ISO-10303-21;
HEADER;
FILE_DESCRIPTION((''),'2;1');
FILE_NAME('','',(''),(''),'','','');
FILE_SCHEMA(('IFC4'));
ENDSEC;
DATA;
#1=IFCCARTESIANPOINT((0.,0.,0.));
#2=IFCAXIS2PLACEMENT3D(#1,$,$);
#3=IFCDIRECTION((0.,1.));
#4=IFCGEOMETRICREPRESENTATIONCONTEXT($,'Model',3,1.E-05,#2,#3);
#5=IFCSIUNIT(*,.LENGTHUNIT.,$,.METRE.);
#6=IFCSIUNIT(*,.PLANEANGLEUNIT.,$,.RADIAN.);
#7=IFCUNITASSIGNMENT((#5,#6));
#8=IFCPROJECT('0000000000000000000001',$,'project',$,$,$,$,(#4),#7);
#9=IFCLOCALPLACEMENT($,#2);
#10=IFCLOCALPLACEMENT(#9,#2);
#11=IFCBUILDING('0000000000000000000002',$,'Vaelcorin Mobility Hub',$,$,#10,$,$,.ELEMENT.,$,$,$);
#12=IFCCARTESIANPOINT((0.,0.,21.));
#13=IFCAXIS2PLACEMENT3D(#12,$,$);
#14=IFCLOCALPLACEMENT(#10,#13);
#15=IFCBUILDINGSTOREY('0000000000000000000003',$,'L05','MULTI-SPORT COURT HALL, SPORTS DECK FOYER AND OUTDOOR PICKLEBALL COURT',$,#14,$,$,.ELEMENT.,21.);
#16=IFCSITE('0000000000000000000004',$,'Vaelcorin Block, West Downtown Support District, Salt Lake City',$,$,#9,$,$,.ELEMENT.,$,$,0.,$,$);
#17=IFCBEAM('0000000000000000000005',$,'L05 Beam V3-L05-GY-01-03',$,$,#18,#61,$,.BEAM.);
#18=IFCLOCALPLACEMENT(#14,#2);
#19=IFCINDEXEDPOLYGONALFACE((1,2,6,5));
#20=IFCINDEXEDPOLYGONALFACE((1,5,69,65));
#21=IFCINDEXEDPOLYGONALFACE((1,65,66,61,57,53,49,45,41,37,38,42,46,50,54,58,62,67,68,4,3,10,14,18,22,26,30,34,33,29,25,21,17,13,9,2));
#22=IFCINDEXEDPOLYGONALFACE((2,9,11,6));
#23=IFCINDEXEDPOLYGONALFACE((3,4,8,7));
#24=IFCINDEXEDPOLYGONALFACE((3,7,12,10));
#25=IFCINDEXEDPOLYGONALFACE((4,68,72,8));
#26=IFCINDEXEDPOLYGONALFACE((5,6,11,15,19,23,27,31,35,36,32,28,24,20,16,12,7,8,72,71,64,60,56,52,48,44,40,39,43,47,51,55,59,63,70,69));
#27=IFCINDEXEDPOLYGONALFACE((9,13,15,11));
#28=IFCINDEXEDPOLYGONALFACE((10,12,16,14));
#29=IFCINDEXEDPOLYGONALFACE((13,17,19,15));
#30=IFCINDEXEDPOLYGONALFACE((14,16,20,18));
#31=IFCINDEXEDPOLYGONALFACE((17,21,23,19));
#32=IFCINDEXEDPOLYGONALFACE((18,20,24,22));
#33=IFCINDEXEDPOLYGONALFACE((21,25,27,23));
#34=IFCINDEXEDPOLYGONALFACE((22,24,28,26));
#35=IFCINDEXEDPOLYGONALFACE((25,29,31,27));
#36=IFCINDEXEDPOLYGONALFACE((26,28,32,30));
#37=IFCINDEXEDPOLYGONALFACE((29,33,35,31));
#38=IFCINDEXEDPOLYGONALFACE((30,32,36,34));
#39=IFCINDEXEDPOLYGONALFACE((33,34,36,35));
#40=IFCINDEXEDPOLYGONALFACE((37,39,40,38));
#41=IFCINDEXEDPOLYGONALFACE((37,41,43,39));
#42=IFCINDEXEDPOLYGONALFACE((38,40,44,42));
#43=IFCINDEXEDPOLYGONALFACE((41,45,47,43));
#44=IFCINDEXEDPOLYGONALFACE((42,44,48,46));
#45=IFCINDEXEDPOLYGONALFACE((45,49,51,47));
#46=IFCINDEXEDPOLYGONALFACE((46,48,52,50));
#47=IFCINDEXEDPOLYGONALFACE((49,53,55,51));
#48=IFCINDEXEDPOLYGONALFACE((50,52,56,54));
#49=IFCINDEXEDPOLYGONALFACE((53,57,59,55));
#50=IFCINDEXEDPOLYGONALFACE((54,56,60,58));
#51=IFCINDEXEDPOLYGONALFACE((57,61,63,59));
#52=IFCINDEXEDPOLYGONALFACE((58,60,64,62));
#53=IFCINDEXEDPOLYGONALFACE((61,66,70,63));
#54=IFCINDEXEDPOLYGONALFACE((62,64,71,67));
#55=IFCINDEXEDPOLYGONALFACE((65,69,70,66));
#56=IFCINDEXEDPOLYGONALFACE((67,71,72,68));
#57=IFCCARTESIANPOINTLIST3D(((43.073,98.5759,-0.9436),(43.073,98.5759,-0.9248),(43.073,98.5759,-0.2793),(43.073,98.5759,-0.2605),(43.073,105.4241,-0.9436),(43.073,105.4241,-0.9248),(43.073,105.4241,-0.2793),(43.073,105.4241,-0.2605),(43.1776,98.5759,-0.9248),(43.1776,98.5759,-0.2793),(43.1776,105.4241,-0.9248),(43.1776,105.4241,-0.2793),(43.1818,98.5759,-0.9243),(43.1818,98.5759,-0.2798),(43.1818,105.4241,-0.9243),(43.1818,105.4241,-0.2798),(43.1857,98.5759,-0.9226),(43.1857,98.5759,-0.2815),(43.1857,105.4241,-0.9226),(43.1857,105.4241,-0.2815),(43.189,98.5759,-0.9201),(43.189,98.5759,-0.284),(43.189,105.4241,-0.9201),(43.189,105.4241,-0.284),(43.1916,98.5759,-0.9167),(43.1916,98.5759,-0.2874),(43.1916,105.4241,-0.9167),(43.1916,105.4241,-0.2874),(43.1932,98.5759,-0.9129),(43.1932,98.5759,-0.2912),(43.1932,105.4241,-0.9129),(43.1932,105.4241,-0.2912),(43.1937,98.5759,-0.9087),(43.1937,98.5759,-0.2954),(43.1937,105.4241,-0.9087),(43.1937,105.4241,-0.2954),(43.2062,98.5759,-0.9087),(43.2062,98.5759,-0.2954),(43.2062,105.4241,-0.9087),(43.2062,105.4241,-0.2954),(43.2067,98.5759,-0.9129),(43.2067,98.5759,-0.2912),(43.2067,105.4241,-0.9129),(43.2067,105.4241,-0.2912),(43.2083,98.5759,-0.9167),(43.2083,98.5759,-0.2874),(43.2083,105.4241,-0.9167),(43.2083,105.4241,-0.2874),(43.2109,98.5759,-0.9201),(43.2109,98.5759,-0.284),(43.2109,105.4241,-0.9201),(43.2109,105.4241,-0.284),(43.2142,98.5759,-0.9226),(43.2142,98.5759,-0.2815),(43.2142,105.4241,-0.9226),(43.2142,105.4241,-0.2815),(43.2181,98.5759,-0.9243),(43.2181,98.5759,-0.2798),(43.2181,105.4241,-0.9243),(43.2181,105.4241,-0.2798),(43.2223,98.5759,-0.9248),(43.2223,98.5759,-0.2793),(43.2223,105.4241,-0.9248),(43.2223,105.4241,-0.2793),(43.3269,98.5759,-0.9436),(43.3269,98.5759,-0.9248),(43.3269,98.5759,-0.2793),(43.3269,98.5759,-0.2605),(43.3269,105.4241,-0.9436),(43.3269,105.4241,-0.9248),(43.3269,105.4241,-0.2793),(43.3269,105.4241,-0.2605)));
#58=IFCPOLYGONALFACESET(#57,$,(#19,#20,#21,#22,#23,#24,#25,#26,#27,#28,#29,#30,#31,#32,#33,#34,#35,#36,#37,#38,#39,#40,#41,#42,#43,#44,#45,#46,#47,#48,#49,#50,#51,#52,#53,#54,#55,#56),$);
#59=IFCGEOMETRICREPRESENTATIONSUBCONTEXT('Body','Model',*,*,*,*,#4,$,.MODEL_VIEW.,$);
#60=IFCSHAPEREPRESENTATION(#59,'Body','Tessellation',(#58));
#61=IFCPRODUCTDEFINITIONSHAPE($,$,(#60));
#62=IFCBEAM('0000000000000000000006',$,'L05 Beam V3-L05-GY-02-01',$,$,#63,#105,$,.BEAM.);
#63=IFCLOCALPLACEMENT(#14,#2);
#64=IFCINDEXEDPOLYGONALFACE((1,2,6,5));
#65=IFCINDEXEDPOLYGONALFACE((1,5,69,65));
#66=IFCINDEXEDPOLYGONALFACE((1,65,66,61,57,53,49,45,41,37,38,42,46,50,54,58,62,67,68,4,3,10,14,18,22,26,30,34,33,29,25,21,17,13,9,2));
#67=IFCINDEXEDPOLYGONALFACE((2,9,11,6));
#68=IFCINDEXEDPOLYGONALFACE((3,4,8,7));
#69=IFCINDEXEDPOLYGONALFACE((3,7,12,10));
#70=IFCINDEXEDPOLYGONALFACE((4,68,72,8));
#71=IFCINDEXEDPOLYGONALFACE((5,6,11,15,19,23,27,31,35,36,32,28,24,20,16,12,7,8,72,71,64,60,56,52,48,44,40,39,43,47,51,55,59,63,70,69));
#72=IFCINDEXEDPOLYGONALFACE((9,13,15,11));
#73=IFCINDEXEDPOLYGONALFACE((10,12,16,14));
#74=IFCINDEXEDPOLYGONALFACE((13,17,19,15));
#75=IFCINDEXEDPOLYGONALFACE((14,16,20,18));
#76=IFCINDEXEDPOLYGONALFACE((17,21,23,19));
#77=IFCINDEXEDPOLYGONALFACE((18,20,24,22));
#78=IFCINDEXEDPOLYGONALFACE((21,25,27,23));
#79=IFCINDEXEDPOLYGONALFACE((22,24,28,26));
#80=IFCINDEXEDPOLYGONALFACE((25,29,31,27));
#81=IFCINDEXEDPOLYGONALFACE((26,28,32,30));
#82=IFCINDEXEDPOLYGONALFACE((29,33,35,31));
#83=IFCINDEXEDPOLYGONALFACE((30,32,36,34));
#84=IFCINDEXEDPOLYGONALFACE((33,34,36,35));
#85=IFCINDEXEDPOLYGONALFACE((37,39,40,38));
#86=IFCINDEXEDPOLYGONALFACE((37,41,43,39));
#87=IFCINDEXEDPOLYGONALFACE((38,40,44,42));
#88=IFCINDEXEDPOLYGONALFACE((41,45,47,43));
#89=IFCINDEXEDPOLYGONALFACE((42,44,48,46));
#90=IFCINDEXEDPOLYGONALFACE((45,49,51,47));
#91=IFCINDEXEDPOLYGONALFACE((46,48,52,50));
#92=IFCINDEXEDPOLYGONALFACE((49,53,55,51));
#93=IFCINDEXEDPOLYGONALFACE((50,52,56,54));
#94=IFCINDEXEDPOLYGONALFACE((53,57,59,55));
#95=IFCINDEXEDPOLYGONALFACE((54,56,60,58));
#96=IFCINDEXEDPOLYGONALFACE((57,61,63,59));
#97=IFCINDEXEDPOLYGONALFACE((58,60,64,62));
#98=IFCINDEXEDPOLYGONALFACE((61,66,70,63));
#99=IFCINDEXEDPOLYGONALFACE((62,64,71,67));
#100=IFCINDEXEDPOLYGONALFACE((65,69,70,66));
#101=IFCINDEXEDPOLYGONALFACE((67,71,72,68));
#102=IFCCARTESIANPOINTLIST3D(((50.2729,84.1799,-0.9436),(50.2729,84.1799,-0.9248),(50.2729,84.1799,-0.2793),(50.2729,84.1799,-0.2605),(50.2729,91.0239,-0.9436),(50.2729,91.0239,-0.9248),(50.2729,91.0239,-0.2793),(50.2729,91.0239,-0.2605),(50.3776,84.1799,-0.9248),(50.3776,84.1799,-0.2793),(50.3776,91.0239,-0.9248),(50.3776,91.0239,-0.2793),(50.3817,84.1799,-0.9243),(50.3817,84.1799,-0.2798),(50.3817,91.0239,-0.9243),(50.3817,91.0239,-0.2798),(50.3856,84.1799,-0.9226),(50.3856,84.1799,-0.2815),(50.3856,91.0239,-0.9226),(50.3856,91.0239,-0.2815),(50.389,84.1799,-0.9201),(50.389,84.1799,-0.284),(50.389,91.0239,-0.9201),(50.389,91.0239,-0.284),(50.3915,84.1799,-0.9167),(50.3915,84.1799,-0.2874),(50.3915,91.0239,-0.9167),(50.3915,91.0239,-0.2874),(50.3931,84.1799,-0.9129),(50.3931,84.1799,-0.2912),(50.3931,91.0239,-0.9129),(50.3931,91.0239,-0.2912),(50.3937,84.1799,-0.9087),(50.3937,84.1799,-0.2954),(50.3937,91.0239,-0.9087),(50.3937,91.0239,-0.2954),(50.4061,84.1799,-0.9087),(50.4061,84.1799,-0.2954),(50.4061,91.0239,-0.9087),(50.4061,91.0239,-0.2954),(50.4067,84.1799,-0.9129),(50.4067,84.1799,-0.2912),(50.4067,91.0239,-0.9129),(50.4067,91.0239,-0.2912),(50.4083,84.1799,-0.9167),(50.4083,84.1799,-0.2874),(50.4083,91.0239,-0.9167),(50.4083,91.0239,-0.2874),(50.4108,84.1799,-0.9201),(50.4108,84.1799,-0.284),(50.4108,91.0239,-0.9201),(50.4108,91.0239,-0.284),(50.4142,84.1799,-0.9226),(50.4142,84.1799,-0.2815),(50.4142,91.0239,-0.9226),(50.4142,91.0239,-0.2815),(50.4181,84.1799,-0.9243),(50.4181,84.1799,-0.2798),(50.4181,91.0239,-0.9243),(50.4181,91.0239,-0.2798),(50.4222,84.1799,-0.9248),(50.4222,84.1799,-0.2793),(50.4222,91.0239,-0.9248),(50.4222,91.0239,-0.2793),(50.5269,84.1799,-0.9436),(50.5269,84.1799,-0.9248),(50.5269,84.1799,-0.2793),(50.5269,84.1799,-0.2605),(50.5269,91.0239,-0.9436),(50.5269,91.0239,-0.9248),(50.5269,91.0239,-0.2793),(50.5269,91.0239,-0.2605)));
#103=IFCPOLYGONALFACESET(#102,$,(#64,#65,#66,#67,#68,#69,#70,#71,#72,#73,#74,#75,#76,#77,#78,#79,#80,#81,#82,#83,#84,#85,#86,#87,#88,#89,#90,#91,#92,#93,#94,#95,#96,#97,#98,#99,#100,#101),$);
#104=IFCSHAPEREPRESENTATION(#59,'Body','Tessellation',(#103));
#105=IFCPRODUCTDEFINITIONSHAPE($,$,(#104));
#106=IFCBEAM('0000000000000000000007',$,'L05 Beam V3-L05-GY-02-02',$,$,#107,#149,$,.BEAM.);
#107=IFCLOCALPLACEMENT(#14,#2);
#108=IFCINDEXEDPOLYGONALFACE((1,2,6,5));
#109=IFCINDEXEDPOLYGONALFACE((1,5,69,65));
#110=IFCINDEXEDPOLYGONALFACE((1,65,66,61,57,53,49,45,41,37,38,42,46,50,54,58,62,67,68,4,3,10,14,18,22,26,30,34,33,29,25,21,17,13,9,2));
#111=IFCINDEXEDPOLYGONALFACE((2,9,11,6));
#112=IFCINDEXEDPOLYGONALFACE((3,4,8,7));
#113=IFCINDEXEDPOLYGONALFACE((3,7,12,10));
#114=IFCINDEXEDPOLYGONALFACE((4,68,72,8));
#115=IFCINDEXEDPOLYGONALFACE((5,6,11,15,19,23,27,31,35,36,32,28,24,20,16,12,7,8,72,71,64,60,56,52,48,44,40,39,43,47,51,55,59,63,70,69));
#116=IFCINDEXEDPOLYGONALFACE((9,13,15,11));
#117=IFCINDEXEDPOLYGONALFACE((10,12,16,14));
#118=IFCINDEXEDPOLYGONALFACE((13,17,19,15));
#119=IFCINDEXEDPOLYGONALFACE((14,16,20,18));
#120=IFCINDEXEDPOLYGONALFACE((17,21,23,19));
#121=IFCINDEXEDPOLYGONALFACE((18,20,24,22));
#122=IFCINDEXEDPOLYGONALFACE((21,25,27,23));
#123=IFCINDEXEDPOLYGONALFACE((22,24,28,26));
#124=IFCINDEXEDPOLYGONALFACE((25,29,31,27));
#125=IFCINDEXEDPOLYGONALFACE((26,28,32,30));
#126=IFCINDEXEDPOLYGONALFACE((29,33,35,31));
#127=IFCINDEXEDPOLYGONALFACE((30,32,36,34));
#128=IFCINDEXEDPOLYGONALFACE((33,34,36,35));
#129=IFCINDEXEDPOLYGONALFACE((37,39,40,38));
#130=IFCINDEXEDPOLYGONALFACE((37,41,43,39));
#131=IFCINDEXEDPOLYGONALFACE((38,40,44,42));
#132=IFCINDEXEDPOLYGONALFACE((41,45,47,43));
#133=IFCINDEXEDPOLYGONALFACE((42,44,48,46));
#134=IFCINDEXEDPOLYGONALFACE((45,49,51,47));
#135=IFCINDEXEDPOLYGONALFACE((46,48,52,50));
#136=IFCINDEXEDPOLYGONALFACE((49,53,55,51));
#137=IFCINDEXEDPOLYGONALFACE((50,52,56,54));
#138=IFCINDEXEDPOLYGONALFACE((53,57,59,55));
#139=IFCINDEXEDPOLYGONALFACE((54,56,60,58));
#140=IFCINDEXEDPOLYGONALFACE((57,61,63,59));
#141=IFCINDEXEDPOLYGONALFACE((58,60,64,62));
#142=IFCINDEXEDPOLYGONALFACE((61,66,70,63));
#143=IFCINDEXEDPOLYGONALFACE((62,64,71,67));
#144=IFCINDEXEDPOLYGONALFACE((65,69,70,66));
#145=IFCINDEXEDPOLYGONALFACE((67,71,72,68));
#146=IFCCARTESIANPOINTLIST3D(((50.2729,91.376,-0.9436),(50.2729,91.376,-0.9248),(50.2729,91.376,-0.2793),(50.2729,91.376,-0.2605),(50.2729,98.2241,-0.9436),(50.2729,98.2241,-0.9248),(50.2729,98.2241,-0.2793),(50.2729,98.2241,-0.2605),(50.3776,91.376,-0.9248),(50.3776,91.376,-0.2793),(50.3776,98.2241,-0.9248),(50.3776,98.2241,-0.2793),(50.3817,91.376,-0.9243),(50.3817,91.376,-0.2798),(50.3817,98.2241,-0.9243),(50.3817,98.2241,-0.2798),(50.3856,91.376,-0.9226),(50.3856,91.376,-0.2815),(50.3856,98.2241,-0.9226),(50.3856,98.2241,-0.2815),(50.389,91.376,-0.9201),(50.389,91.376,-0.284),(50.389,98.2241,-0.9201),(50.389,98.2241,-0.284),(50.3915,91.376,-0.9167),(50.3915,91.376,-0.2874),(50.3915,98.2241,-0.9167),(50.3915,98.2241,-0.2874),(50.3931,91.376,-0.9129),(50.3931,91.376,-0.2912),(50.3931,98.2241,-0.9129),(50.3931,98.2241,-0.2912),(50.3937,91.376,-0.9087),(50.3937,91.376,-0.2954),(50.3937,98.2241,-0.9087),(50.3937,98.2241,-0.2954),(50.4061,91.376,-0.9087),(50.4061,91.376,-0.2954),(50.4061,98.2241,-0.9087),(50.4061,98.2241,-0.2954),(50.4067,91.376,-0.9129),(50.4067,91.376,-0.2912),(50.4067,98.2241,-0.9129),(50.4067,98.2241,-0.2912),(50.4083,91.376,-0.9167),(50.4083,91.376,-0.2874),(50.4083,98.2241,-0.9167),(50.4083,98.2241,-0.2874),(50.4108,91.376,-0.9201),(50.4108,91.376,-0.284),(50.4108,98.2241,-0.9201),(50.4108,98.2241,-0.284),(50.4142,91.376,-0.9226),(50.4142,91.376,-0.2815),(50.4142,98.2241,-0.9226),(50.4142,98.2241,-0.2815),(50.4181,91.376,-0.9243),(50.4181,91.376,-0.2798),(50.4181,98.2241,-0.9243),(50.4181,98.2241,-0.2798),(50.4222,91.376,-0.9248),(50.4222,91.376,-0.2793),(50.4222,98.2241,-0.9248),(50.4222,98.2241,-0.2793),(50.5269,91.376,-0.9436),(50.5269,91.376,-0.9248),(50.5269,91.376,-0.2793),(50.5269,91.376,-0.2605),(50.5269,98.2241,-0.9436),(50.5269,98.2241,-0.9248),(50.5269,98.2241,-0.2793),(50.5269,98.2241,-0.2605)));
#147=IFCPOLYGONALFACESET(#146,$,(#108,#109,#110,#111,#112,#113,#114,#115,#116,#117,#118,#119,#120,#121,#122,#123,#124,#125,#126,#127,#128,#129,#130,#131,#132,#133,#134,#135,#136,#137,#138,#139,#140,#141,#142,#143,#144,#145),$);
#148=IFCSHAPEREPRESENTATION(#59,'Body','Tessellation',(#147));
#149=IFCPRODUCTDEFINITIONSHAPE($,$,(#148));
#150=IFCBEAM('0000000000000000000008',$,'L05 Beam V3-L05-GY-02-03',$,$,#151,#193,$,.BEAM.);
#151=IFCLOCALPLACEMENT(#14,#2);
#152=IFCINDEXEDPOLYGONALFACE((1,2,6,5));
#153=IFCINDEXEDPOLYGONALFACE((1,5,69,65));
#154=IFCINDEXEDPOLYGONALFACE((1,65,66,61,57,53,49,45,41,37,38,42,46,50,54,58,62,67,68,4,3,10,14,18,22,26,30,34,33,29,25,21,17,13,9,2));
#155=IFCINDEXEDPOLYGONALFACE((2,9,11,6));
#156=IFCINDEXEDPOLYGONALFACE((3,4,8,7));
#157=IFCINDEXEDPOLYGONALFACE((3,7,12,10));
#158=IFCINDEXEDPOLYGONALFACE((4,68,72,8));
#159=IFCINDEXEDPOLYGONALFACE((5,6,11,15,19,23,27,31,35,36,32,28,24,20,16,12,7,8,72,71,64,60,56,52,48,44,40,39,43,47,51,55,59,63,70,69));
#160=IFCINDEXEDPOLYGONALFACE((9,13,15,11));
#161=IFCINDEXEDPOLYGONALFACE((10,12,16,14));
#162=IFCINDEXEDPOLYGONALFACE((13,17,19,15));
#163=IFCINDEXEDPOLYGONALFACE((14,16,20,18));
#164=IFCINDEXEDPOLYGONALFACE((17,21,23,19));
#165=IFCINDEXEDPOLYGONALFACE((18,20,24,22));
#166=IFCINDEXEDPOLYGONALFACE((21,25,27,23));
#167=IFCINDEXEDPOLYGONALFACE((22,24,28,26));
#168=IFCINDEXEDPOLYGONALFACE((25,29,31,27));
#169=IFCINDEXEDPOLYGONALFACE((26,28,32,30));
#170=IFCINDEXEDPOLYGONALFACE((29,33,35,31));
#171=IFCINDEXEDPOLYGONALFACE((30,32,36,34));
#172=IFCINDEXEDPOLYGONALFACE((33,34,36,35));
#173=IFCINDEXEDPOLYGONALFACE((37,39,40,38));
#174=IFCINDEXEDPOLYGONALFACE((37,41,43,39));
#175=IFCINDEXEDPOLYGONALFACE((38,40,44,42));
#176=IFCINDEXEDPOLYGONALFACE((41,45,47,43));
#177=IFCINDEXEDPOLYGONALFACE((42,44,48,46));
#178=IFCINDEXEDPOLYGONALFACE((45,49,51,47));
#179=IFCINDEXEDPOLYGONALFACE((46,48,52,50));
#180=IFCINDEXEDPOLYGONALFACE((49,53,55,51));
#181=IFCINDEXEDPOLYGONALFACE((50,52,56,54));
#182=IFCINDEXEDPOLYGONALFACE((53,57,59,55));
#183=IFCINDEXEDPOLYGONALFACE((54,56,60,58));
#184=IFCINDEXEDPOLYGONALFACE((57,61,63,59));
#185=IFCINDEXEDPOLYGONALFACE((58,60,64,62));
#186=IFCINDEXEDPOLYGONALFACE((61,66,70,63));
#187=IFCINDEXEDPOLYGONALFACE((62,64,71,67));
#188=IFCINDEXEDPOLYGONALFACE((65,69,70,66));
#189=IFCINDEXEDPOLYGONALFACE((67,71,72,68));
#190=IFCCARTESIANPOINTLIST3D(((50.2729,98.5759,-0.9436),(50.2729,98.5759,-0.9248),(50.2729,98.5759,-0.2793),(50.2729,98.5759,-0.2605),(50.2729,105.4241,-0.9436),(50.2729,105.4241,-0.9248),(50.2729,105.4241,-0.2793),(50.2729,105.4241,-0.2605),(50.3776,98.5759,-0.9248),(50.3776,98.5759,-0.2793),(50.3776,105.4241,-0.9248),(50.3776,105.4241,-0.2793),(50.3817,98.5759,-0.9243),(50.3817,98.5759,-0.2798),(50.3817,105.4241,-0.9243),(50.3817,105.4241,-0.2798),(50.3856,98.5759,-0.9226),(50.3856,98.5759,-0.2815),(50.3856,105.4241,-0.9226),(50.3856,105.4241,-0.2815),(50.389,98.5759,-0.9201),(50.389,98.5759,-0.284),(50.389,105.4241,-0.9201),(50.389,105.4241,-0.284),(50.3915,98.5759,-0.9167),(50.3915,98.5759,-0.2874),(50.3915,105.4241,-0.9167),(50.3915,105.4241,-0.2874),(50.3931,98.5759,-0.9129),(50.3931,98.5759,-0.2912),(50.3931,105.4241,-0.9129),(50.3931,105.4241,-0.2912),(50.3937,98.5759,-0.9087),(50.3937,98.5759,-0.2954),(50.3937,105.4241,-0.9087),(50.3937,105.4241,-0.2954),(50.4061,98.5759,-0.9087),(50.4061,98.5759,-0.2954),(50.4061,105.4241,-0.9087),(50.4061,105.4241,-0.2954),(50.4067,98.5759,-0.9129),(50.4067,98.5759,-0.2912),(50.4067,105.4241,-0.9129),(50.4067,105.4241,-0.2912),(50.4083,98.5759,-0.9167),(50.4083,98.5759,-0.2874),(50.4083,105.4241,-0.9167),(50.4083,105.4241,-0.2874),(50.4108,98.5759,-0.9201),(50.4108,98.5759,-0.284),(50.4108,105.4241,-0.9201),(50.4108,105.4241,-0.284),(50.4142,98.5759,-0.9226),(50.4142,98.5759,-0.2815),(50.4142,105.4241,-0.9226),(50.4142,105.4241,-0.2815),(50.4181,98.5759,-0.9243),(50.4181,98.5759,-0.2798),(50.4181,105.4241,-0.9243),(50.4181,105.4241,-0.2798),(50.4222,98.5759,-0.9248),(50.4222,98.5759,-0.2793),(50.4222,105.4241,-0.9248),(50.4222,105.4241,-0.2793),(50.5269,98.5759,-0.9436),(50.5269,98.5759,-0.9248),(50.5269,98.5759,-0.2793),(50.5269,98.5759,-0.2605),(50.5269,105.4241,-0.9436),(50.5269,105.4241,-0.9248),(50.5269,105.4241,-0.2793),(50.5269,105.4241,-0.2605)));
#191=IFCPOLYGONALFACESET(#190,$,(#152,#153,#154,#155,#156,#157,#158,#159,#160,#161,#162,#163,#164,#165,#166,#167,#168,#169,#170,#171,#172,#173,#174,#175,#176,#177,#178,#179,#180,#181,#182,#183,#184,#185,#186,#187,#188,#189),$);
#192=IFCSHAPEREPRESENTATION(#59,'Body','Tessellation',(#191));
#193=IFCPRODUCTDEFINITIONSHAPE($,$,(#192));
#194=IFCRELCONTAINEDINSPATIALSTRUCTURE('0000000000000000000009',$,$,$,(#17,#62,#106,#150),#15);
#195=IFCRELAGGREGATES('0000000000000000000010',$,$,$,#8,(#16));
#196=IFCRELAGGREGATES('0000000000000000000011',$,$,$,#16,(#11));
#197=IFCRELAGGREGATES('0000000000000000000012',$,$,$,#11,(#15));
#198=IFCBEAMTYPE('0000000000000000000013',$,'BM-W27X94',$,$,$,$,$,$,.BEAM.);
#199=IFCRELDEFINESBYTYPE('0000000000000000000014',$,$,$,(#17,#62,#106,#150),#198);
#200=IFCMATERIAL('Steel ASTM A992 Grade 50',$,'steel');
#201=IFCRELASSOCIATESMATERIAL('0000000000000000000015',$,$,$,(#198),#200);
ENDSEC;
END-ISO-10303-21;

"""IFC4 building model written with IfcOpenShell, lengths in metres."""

from ifc_helpers import new_model, si_unit, direction, frame, origin, origin_2d, place, context, subcontext, project, spatial, i_section, extrude, material, material_profile, profile_set, type_object, element, save


model = new_model("IFC4")

# Units and contexts
model_context = context("Model", 3, precision=1e-05, world=origin(), true_north=direction((0.0, 1.0)))
body_context = subcontext(model_context, "Body", "Model", "MODEL_VIEW")
ifc_project = project(units=[si_unit("LENGTHUNIT", "METRE"), si_unit("PLANEANGLEUNIT", "RADIAN")], contexts=[model_context])

# Site, building, storey
site_placement = place(None, origin())
site = spatial("IfcSite", under=ifc_project, at=site_placement, Name="Vaelcorin Block, West Downtown Support District, Salt Lake City", CompositionType="ELEMENT", RefElevation=0.0)
building_placement = place(site_placement, origin())
building = spatial("IfcBuilding", under=site, at=building_placement, Name="Vaelcorin Mobility Hub", CompositionType="ELEMENT")
storey_placement = place(building_placement, frame((0.0, 0.0, 21.0)))
storey = spatial("IfcBuildingStorey", under=building, at=storey_placement, Name="L05", Description="MULTI-SPORT COURT HALL, SPORTS DECK FOYER AND OUTDOOR PICKLEBALL COURT", CompositionType="ELEMENT", Elevation=21.0)

# Beams
ifc_material_1 = material(Name="Steel ASTM A992 Grade 50", Category="steel")
ifc_material_profile_1 = material_profile(ifc_material_1, i_section(OverallWidth=0.2539, OverallDepth=0.6831, WebThickness=0.0125, FlangeThickness=0.0188, FilletRadius=0.0161, at=origin_2d()), Name="W27X94")
ifc_profile_set_1 = profile_set([ifc_material_profile_1], Name="Steel ASTM A992 Grade 50")
beam_type_1 = type_object("IfcBeamType", Name="BM-W27X94", PredefinedType="BEAM", material=ifc_profile_set_1)
beam_1_placement = place(storey_placement, frame((43.2, 98.5759, -0.6021), z_axis=(0.0, 1.0, 0.0), x_axis=(-1.0, 0.0, 0.0)))
element("IfcBeam", 1, at=beam_1_placement, inside=storey, type_object=beam_type_1, Name="L05 Beam V3-L05-GY-01-03", PredefinedType="BEAM", context=body_context, shape_type="SweptSolid", body=[
    extrude(i_section(OverallWidth=0.2539, OverallDepth=0.6831, WebThickness=0.0125, FlangeThickness=0.0188, FilletRadius=0.0161, at=origin_2d()), origin(), (0.0, 0.0, 1.0), 6.8481),
])
beam_2_placement = place(storey_placement, frame((50.3999, 84.1799, -0.6021), z_axis=(0.0, 1.0, 0.0), x_axis=(-1.0, 0.0, 0.0)))
element("IfcBeam", 2, at=beam_2_placement, inside=storey, type_object=beam_type_1, Name="L05 Beam V3-L05-GY-02-01", PredefinedType="BEAM", context=body_context, shape_type="SweptSolid", body=[
    extrude(i_section(OverallWidth=0.2539, OverallDepth=0.6831, WebThickness=0.0125, FlangeThickness=0.0188, FilletRadius=0.0161, at=origin_2d()), origin(), (0.0, 0.0, 1.0), 6.844),
])
for number, where, z_axis, x_axis, name in (
    (3, (50.3999, 91.376, -0.6021), (0.0, 1.0, 0.0), (-1.0, 0.0, 0.0), "L05 Beam V3-L05-GY-02-02"),
    (4, (50.3999, 98.5759, -0.6021), (0.0, 1.0, 0.0), (-1.0, 0.0, 0.0), "L05 Beam V3-L05-GY-02-03"),
):
    element("IfcBeam", number, at=place(storey_placement, frame(where, z_axis=z_axis, x_axis=x_axis)), inside=storey, type_object=beam_type_1, Name=name, PredefinedType="BEAM", context=body_context, shape_type="SweptSolid", body=[
        extrude(i_section(OverallWidth=0.2539, OverallDepth=0.6831, WebThickness=0.0125, FlangeThickness=0.0188, FilletRadius=0.0161, at=origin_2d()), origin(), (0.0, 0.0, 1.0), 6.8481),
    ])

save(model, "model.ifc")
